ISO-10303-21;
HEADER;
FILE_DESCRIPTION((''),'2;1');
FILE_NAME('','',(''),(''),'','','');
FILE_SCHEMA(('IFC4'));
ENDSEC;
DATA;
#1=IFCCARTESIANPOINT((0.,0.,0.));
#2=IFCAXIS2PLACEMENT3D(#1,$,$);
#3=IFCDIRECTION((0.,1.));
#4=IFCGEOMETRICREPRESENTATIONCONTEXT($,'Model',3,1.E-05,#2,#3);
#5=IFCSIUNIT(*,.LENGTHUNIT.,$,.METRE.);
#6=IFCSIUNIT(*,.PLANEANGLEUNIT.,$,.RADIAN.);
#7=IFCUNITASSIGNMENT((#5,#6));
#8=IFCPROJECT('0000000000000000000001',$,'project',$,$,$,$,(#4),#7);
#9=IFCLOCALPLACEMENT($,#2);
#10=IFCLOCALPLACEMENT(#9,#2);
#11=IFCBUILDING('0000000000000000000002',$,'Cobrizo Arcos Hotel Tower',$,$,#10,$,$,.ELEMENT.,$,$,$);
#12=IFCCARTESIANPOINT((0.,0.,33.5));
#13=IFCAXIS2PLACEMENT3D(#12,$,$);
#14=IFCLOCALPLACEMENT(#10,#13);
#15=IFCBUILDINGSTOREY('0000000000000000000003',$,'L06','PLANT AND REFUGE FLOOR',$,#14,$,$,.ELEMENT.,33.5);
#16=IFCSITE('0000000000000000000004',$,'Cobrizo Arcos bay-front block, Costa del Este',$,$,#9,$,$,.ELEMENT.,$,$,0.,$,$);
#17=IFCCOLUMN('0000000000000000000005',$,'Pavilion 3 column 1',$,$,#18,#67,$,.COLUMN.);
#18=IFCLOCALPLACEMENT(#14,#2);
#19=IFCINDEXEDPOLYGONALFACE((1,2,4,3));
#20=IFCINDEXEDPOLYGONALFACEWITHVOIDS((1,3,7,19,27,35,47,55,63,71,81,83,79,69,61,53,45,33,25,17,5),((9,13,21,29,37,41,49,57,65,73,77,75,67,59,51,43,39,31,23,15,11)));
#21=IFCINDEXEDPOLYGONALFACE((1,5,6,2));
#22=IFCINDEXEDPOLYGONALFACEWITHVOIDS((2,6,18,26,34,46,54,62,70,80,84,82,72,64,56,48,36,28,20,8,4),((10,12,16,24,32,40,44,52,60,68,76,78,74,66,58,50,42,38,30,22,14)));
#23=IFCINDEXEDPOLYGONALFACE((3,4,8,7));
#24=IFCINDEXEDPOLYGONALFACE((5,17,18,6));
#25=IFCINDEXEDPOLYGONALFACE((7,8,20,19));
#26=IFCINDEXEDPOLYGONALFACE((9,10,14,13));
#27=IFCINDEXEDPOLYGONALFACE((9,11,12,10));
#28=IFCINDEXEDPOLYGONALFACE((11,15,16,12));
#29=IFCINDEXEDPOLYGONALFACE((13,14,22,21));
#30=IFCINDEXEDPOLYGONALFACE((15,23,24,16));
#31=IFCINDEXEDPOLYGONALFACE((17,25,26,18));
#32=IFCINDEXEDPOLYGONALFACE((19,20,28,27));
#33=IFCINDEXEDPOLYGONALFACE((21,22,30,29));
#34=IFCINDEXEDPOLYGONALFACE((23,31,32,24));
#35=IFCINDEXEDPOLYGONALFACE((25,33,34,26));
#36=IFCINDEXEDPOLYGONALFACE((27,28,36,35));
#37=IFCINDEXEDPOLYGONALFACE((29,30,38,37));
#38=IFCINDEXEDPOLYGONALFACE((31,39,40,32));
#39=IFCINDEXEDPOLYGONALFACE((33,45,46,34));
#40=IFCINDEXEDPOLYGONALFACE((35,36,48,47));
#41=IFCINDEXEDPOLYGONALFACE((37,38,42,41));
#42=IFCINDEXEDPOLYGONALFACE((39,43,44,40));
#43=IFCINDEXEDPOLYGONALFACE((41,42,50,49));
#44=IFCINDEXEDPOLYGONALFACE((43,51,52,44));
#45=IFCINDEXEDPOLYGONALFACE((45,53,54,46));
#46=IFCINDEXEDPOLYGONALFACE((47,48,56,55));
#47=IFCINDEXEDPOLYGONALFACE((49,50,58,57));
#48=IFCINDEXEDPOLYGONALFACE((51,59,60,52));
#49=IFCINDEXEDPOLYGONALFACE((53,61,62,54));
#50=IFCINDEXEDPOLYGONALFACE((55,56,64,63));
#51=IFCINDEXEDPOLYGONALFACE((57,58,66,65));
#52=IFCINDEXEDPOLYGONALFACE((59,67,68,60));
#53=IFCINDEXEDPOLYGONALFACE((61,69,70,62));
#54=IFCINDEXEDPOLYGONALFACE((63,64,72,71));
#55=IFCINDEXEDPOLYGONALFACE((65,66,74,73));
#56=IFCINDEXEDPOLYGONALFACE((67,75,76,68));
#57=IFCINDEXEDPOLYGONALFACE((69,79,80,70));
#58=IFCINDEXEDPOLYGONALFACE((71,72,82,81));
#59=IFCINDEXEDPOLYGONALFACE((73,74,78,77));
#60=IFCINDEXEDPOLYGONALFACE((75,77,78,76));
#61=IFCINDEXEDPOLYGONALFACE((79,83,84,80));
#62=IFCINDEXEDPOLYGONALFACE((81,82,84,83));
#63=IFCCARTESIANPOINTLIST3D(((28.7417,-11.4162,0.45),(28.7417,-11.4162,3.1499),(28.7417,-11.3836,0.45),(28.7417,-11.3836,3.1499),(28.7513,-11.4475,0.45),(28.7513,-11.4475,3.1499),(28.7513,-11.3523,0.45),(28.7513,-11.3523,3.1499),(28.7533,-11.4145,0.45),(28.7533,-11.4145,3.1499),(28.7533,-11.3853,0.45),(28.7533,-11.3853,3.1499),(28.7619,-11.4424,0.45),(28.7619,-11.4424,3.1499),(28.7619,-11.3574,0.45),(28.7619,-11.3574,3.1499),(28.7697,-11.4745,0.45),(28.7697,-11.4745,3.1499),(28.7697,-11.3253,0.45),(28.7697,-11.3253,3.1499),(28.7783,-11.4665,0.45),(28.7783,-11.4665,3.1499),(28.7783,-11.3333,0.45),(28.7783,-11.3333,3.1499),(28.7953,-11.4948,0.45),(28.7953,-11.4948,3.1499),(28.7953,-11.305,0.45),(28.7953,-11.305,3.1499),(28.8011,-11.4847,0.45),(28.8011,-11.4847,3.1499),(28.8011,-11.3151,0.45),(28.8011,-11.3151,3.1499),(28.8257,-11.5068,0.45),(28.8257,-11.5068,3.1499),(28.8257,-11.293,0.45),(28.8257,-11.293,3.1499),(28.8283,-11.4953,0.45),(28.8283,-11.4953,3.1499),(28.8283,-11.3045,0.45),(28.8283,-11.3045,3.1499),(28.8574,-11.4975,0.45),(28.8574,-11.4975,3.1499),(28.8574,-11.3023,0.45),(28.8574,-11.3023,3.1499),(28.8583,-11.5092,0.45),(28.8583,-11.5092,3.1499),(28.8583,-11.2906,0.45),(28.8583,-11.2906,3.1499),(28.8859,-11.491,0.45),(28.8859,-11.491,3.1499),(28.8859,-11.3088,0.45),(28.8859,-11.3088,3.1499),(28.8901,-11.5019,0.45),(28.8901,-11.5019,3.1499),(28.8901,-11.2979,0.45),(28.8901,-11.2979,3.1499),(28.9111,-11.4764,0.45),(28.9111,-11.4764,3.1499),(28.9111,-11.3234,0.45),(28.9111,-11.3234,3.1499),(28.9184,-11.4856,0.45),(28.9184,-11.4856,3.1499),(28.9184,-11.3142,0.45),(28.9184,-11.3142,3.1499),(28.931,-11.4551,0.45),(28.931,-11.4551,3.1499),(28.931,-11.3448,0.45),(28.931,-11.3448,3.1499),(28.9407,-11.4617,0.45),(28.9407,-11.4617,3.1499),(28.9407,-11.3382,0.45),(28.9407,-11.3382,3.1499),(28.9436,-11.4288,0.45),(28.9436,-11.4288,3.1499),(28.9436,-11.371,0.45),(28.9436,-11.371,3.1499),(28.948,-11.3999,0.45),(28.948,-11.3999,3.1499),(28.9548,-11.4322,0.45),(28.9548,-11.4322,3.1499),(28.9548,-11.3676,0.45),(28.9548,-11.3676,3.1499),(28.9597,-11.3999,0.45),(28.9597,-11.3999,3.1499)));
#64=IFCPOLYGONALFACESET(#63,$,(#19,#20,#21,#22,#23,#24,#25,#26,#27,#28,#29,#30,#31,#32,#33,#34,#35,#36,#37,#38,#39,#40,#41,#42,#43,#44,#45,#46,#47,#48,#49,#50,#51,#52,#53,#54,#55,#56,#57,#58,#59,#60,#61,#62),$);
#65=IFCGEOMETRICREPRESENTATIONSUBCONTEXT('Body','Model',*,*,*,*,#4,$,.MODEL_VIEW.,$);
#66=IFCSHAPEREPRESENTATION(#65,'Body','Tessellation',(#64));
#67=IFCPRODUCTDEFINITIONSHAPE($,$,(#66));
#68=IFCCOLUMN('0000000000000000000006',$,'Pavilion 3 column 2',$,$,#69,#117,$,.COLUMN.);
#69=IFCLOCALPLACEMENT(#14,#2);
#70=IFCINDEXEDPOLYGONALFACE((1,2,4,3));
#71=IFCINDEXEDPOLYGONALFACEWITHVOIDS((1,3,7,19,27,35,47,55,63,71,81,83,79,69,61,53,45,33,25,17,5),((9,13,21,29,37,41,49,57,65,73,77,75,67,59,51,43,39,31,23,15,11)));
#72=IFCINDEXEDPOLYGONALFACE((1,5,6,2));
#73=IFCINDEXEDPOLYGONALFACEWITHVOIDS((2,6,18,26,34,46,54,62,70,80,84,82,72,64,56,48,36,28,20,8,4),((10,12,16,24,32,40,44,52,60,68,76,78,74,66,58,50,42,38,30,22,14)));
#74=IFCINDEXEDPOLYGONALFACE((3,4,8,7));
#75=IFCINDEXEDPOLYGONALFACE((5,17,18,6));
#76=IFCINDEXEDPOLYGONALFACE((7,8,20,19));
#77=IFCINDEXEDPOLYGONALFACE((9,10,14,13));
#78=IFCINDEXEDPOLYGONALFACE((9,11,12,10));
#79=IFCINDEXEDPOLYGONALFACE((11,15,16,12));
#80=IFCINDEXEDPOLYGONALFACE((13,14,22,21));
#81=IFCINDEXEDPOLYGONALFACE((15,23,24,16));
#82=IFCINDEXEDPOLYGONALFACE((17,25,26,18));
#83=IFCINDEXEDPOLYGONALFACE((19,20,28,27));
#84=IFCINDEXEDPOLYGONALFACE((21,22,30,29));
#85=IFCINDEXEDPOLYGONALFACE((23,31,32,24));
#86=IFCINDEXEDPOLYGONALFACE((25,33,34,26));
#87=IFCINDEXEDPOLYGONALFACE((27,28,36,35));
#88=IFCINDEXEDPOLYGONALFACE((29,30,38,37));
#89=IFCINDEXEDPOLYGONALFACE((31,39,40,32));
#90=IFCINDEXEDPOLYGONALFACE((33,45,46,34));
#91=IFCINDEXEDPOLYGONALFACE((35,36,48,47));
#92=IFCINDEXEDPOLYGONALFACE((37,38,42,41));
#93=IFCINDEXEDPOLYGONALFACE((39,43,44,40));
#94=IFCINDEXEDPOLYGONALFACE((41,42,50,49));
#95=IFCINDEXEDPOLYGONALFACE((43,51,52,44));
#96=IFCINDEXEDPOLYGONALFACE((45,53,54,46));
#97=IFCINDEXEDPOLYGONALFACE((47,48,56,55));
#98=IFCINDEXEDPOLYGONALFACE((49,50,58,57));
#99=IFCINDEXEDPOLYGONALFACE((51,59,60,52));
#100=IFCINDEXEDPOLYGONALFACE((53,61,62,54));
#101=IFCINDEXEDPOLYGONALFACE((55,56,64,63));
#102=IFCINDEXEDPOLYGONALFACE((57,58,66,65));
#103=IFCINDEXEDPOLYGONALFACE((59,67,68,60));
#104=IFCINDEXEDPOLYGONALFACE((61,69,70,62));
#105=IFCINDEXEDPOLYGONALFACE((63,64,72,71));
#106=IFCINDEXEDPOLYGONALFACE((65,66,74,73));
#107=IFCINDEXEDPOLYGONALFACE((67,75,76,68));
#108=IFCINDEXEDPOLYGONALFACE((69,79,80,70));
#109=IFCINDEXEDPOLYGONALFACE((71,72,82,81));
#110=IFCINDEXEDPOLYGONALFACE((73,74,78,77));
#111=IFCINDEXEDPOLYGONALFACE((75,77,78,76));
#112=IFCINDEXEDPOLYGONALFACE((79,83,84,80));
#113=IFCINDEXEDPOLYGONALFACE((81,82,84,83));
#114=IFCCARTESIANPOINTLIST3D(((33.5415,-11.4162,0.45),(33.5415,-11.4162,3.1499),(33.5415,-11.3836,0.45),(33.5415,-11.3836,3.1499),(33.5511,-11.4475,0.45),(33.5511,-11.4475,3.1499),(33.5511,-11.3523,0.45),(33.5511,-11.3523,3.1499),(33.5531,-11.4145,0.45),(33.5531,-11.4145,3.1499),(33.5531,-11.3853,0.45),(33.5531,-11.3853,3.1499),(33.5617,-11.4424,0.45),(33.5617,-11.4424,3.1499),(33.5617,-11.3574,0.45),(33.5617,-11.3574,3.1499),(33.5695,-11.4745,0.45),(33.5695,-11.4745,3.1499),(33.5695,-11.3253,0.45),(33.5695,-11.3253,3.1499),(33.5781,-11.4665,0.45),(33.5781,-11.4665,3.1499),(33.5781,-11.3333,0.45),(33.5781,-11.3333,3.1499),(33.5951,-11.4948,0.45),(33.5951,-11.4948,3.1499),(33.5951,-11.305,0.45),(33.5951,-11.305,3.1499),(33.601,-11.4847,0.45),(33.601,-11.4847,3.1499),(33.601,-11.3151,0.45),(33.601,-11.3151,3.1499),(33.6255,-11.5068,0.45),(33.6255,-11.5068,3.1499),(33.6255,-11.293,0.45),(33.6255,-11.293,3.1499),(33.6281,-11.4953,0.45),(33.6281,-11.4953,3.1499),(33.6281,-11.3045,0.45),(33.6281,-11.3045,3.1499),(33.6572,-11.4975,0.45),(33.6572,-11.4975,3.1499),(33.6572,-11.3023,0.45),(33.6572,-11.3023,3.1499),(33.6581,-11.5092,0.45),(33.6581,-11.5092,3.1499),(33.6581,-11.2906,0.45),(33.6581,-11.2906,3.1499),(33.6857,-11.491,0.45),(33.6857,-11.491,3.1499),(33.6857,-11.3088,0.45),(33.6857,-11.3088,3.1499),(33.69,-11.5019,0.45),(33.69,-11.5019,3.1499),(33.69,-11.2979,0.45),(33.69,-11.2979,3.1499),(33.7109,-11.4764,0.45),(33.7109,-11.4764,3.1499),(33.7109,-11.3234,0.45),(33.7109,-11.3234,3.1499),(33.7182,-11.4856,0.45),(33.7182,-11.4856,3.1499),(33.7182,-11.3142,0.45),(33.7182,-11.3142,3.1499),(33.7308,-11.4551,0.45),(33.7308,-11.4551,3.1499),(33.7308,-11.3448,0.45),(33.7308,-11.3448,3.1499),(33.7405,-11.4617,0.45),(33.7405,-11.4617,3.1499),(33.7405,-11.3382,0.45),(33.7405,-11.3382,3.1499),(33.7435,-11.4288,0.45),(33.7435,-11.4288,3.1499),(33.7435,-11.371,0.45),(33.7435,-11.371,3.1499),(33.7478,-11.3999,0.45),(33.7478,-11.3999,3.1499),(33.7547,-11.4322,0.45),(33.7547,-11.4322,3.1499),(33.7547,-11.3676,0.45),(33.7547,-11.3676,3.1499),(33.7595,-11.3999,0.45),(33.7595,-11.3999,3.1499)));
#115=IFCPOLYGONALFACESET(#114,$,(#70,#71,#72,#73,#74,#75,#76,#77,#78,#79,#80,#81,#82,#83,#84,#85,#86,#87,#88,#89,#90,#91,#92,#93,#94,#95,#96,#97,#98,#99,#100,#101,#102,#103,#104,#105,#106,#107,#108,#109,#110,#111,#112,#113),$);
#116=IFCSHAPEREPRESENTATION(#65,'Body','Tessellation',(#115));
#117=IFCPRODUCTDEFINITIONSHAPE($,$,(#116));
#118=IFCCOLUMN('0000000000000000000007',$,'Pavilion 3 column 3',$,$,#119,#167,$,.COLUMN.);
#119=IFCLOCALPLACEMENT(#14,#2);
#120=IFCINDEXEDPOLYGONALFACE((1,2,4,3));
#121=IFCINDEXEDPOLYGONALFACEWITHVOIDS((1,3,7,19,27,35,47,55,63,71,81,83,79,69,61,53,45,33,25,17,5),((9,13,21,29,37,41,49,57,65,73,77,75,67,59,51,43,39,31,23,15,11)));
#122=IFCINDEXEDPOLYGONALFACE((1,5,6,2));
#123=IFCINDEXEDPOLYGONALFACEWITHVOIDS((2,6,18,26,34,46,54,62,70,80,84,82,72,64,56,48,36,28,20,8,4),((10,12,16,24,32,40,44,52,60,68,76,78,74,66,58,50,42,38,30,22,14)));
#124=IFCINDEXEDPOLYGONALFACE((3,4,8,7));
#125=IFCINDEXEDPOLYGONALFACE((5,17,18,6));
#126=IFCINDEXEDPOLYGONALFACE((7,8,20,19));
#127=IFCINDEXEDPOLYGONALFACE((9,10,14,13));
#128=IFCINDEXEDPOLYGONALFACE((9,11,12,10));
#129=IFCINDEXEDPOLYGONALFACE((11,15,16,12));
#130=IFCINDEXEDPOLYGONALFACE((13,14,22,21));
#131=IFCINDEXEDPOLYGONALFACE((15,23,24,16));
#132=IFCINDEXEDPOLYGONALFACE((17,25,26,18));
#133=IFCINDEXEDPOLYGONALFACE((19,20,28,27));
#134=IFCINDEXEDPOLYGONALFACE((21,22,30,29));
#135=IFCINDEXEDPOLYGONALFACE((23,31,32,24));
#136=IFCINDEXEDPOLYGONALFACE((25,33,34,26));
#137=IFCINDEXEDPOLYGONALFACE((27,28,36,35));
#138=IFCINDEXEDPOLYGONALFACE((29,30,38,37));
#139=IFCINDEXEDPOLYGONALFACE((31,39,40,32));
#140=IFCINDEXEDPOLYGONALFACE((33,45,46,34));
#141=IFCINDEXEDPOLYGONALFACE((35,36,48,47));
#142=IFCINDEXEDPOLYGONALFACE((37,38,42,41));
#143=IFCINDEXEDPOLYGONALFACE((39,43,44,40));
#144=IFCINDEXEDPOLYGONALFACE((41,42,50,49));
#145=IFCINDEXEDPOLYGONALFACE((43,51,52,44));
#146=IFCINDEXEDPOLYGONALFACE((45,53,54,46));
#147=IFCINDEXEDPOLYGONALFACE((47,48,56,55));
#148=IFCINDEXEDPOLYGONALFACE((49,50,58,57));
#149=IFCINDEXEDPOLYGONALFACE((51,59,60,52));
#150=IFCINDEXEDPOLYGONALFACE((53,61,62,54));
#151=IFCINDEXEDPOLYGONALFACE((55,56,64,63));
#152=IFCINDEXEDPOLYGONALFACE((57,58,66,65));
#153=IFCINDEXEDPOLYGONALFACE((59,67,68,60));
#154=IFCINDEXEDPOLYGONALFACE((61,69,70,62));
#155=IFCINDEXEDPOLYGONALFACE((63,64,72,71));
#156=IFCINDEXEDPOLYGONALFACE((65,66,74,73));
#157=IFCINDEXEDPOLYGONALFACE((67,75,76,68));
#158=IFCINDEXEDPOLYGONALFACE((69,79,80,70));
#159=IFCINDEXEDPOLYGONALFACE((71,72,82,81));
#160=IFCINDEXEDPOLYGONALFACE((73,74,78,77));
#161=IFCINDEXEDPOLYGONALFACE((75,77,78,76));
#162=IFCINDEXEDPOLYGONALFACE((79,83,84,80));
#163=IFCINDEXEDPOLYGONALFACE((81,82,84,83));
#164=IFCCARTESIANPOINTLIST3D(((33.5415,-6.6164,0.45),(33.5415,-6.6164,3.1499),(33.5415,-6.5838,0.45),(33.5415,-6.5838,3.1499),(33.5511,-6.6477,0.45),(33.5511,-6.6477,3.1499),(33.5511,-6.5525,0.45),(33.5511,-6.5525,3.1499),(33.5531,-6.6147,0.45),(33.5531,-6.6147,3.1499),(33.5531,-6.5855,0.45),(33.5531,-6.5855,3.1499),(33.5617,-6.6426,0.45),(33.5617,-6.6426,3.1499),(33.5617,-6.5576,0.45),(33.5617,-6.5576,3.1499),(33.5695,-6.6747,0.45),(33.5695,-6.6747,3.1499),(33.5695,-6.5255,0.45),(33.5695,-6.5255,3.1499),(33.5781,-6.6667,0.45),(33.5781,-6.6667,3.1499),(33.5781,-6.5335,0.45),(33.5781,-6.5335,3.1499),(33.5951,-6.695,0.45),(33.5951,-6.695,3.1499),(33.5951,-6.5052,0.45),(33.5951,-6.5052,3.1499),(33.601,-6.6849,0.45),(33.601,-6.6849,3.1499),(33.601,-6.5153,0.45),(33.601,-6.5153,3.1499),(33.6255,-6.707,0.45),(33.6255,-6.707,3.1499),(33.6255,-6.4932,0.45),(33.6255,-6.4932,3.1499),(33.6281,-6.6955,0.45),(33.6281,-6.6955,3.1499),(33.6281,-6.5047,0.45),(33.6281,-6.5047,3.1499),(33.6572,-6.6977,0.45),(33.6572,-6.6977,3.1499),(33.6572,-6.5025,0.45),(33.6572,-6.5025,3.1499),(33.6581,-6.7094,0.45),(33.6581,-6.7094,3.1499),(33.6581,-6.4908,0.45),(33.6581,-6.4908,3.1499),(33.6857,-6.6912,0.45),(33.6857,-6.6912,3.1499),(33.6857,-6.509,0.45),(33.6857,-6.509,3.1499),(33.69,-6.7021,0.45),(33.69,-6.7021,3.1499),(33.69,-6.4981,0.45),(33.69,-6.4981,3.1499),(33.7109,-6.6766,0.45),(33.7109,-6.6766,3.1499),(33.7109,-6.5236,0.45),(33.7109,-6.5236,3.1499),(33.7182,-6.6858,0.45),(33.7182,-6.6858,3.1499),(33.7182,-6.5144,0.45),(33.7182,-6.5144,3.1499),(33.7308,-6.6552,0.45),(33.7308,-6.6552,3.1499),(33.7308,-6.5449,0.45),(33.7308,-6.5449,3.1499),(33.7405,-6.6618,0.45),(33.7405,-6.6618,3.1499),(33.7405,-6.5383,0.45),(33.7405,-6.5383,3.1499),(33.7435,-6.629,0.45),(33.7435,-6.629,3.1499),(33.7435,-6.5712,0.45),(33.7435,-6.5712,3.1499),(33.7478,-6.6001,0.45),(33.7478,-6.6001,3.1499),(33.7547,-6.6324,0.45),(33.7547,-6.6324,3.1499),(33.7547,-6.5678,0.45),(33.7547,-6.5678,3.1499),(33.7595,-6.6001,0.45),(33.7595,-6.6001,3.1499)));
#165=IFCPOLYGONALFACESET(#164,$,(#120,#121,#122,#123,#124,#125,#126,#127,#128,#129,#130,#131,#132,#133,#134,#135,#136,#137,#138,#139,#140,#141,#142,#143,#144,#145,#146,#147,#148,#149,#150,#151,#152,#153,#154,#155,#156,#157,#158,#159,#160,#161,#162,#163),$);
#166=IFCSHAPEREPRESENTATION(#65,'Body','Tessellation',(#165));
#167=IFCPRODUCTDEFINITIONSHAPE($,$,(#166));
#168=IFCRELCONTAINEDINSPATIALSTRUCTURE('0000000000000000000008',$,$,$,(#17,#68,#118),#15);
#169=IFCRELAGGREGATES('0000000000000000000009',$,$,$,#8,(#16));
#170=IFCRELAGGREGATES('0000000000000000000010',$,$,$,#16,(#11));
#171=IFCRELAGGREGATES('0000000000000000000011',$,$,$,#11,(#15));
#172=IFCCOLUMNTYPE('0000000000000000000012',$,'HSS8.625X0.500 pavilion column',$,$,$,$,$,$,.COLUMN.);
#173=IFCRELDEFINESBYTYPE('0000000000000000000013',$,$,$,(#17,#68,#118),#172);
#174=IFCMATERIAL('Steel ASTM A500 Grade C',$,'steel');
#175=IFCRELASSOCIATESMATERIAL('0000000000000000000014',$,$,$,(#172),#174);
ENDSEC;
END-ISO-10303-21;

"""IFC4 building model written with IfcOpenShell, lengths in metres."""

from ifc_helpers import new_model, si_unit, direction, frame, origin, origin_2d, place, context, subcontext, project, spatial, hollow_circle, extrude, material, material_profile, profile_set, type_object, element, save


model = new_model("IFC4")

# Units and contexts
model_context = context("Model", 3, precision=1e-05, world=origin(), true_north=direction((0.0, 1.0)))
body_context = subcontext(model_context, "Body", "Model", "MODEL_VIEW")
ifc_project = project(units=[si_unit("LENGTHUNIT", "METRE"), si_unit("PLANEANGLEUNIT", "RADIAN")], contexts=[model_context])

# Site, building, storey
site_placement = place(None, origin())
site = spatial("IfcSite", under=ifc_project, at=site_placement, Name="Cobrizo Arcos bay-front block, Costa del Este", CompositionType="ELEMENT", RefElevation=0.0)
building_placement = place(site_placement, origin())
building = spatial("IfcBuilding", under=site, at=building_placement, Name="Cobrizo Arcos Hotel Tower", CompositionType="ELEMENT")
storey_placement = place(building_placement, frame((0.0, 0.0, 33.5)))
storey = spatial("IfcBuildingStorey", under=building, at=storey_placement, Name="L06", Description="PLANT AND REFUGE FLOOR", CompositionType="ELEMENT", Elevation=33.5)

# Columns
ifc_material_1 = material(Name="Steel ASTM A500 Grade C", Category="steel")
ifc_material_profile_1 = material_profile(ifc_material_1, hollow_circle(Radius=0.1096, WallThickness=0.0117, at=origin_2d()), Name="HSS8.625X0.500")
ifc_profile_set_1 = profile_set([ifc_material_profile_1], Name="Steel ASTM A500 Grade C")
column_type = type_object("IfcColumnType", Name="HSS8.625X0.500 pavilion column", PredefinedType="COLUMN", material=ifc_profile_set_1)
for number, where, z_axis, x_axis, name in (
    (1, (28.8501, -11.3999, 0.45), (0.0, 0.0, 1.0), (1.0, 0.0, 0.0), "Pavilion 3 column 1"),
    (2, (33.6499, -11.3999, 0.45), (0.0, 0.0, 1.0), (1.0, 0.0, 0.0), "Pavilion 3 column 2"),
    (3, (33.6499, -6.6001, 0.45), (0.0, 0.0, 1.0), (1.0, 0.0, 0.0), "Pavilion 3 column 3"),
):
    element("IfcColumn", number, at=place(storey_placement, frame(where, z_axis=z_axis, x_axis=x_axis)), inside=storey, type_object=column_type, Name=name, PredefinedType="COLUMN", context=body_context, shape_type="SweptSolid", body=[
        extrude(hollow_circle(Radius=0.1096, WallThickness=0.0117, at=origin_2d()), origin(), (0.0, 0.0, 1.0), 2.7),
    ])

save(model, "model.ifc")
